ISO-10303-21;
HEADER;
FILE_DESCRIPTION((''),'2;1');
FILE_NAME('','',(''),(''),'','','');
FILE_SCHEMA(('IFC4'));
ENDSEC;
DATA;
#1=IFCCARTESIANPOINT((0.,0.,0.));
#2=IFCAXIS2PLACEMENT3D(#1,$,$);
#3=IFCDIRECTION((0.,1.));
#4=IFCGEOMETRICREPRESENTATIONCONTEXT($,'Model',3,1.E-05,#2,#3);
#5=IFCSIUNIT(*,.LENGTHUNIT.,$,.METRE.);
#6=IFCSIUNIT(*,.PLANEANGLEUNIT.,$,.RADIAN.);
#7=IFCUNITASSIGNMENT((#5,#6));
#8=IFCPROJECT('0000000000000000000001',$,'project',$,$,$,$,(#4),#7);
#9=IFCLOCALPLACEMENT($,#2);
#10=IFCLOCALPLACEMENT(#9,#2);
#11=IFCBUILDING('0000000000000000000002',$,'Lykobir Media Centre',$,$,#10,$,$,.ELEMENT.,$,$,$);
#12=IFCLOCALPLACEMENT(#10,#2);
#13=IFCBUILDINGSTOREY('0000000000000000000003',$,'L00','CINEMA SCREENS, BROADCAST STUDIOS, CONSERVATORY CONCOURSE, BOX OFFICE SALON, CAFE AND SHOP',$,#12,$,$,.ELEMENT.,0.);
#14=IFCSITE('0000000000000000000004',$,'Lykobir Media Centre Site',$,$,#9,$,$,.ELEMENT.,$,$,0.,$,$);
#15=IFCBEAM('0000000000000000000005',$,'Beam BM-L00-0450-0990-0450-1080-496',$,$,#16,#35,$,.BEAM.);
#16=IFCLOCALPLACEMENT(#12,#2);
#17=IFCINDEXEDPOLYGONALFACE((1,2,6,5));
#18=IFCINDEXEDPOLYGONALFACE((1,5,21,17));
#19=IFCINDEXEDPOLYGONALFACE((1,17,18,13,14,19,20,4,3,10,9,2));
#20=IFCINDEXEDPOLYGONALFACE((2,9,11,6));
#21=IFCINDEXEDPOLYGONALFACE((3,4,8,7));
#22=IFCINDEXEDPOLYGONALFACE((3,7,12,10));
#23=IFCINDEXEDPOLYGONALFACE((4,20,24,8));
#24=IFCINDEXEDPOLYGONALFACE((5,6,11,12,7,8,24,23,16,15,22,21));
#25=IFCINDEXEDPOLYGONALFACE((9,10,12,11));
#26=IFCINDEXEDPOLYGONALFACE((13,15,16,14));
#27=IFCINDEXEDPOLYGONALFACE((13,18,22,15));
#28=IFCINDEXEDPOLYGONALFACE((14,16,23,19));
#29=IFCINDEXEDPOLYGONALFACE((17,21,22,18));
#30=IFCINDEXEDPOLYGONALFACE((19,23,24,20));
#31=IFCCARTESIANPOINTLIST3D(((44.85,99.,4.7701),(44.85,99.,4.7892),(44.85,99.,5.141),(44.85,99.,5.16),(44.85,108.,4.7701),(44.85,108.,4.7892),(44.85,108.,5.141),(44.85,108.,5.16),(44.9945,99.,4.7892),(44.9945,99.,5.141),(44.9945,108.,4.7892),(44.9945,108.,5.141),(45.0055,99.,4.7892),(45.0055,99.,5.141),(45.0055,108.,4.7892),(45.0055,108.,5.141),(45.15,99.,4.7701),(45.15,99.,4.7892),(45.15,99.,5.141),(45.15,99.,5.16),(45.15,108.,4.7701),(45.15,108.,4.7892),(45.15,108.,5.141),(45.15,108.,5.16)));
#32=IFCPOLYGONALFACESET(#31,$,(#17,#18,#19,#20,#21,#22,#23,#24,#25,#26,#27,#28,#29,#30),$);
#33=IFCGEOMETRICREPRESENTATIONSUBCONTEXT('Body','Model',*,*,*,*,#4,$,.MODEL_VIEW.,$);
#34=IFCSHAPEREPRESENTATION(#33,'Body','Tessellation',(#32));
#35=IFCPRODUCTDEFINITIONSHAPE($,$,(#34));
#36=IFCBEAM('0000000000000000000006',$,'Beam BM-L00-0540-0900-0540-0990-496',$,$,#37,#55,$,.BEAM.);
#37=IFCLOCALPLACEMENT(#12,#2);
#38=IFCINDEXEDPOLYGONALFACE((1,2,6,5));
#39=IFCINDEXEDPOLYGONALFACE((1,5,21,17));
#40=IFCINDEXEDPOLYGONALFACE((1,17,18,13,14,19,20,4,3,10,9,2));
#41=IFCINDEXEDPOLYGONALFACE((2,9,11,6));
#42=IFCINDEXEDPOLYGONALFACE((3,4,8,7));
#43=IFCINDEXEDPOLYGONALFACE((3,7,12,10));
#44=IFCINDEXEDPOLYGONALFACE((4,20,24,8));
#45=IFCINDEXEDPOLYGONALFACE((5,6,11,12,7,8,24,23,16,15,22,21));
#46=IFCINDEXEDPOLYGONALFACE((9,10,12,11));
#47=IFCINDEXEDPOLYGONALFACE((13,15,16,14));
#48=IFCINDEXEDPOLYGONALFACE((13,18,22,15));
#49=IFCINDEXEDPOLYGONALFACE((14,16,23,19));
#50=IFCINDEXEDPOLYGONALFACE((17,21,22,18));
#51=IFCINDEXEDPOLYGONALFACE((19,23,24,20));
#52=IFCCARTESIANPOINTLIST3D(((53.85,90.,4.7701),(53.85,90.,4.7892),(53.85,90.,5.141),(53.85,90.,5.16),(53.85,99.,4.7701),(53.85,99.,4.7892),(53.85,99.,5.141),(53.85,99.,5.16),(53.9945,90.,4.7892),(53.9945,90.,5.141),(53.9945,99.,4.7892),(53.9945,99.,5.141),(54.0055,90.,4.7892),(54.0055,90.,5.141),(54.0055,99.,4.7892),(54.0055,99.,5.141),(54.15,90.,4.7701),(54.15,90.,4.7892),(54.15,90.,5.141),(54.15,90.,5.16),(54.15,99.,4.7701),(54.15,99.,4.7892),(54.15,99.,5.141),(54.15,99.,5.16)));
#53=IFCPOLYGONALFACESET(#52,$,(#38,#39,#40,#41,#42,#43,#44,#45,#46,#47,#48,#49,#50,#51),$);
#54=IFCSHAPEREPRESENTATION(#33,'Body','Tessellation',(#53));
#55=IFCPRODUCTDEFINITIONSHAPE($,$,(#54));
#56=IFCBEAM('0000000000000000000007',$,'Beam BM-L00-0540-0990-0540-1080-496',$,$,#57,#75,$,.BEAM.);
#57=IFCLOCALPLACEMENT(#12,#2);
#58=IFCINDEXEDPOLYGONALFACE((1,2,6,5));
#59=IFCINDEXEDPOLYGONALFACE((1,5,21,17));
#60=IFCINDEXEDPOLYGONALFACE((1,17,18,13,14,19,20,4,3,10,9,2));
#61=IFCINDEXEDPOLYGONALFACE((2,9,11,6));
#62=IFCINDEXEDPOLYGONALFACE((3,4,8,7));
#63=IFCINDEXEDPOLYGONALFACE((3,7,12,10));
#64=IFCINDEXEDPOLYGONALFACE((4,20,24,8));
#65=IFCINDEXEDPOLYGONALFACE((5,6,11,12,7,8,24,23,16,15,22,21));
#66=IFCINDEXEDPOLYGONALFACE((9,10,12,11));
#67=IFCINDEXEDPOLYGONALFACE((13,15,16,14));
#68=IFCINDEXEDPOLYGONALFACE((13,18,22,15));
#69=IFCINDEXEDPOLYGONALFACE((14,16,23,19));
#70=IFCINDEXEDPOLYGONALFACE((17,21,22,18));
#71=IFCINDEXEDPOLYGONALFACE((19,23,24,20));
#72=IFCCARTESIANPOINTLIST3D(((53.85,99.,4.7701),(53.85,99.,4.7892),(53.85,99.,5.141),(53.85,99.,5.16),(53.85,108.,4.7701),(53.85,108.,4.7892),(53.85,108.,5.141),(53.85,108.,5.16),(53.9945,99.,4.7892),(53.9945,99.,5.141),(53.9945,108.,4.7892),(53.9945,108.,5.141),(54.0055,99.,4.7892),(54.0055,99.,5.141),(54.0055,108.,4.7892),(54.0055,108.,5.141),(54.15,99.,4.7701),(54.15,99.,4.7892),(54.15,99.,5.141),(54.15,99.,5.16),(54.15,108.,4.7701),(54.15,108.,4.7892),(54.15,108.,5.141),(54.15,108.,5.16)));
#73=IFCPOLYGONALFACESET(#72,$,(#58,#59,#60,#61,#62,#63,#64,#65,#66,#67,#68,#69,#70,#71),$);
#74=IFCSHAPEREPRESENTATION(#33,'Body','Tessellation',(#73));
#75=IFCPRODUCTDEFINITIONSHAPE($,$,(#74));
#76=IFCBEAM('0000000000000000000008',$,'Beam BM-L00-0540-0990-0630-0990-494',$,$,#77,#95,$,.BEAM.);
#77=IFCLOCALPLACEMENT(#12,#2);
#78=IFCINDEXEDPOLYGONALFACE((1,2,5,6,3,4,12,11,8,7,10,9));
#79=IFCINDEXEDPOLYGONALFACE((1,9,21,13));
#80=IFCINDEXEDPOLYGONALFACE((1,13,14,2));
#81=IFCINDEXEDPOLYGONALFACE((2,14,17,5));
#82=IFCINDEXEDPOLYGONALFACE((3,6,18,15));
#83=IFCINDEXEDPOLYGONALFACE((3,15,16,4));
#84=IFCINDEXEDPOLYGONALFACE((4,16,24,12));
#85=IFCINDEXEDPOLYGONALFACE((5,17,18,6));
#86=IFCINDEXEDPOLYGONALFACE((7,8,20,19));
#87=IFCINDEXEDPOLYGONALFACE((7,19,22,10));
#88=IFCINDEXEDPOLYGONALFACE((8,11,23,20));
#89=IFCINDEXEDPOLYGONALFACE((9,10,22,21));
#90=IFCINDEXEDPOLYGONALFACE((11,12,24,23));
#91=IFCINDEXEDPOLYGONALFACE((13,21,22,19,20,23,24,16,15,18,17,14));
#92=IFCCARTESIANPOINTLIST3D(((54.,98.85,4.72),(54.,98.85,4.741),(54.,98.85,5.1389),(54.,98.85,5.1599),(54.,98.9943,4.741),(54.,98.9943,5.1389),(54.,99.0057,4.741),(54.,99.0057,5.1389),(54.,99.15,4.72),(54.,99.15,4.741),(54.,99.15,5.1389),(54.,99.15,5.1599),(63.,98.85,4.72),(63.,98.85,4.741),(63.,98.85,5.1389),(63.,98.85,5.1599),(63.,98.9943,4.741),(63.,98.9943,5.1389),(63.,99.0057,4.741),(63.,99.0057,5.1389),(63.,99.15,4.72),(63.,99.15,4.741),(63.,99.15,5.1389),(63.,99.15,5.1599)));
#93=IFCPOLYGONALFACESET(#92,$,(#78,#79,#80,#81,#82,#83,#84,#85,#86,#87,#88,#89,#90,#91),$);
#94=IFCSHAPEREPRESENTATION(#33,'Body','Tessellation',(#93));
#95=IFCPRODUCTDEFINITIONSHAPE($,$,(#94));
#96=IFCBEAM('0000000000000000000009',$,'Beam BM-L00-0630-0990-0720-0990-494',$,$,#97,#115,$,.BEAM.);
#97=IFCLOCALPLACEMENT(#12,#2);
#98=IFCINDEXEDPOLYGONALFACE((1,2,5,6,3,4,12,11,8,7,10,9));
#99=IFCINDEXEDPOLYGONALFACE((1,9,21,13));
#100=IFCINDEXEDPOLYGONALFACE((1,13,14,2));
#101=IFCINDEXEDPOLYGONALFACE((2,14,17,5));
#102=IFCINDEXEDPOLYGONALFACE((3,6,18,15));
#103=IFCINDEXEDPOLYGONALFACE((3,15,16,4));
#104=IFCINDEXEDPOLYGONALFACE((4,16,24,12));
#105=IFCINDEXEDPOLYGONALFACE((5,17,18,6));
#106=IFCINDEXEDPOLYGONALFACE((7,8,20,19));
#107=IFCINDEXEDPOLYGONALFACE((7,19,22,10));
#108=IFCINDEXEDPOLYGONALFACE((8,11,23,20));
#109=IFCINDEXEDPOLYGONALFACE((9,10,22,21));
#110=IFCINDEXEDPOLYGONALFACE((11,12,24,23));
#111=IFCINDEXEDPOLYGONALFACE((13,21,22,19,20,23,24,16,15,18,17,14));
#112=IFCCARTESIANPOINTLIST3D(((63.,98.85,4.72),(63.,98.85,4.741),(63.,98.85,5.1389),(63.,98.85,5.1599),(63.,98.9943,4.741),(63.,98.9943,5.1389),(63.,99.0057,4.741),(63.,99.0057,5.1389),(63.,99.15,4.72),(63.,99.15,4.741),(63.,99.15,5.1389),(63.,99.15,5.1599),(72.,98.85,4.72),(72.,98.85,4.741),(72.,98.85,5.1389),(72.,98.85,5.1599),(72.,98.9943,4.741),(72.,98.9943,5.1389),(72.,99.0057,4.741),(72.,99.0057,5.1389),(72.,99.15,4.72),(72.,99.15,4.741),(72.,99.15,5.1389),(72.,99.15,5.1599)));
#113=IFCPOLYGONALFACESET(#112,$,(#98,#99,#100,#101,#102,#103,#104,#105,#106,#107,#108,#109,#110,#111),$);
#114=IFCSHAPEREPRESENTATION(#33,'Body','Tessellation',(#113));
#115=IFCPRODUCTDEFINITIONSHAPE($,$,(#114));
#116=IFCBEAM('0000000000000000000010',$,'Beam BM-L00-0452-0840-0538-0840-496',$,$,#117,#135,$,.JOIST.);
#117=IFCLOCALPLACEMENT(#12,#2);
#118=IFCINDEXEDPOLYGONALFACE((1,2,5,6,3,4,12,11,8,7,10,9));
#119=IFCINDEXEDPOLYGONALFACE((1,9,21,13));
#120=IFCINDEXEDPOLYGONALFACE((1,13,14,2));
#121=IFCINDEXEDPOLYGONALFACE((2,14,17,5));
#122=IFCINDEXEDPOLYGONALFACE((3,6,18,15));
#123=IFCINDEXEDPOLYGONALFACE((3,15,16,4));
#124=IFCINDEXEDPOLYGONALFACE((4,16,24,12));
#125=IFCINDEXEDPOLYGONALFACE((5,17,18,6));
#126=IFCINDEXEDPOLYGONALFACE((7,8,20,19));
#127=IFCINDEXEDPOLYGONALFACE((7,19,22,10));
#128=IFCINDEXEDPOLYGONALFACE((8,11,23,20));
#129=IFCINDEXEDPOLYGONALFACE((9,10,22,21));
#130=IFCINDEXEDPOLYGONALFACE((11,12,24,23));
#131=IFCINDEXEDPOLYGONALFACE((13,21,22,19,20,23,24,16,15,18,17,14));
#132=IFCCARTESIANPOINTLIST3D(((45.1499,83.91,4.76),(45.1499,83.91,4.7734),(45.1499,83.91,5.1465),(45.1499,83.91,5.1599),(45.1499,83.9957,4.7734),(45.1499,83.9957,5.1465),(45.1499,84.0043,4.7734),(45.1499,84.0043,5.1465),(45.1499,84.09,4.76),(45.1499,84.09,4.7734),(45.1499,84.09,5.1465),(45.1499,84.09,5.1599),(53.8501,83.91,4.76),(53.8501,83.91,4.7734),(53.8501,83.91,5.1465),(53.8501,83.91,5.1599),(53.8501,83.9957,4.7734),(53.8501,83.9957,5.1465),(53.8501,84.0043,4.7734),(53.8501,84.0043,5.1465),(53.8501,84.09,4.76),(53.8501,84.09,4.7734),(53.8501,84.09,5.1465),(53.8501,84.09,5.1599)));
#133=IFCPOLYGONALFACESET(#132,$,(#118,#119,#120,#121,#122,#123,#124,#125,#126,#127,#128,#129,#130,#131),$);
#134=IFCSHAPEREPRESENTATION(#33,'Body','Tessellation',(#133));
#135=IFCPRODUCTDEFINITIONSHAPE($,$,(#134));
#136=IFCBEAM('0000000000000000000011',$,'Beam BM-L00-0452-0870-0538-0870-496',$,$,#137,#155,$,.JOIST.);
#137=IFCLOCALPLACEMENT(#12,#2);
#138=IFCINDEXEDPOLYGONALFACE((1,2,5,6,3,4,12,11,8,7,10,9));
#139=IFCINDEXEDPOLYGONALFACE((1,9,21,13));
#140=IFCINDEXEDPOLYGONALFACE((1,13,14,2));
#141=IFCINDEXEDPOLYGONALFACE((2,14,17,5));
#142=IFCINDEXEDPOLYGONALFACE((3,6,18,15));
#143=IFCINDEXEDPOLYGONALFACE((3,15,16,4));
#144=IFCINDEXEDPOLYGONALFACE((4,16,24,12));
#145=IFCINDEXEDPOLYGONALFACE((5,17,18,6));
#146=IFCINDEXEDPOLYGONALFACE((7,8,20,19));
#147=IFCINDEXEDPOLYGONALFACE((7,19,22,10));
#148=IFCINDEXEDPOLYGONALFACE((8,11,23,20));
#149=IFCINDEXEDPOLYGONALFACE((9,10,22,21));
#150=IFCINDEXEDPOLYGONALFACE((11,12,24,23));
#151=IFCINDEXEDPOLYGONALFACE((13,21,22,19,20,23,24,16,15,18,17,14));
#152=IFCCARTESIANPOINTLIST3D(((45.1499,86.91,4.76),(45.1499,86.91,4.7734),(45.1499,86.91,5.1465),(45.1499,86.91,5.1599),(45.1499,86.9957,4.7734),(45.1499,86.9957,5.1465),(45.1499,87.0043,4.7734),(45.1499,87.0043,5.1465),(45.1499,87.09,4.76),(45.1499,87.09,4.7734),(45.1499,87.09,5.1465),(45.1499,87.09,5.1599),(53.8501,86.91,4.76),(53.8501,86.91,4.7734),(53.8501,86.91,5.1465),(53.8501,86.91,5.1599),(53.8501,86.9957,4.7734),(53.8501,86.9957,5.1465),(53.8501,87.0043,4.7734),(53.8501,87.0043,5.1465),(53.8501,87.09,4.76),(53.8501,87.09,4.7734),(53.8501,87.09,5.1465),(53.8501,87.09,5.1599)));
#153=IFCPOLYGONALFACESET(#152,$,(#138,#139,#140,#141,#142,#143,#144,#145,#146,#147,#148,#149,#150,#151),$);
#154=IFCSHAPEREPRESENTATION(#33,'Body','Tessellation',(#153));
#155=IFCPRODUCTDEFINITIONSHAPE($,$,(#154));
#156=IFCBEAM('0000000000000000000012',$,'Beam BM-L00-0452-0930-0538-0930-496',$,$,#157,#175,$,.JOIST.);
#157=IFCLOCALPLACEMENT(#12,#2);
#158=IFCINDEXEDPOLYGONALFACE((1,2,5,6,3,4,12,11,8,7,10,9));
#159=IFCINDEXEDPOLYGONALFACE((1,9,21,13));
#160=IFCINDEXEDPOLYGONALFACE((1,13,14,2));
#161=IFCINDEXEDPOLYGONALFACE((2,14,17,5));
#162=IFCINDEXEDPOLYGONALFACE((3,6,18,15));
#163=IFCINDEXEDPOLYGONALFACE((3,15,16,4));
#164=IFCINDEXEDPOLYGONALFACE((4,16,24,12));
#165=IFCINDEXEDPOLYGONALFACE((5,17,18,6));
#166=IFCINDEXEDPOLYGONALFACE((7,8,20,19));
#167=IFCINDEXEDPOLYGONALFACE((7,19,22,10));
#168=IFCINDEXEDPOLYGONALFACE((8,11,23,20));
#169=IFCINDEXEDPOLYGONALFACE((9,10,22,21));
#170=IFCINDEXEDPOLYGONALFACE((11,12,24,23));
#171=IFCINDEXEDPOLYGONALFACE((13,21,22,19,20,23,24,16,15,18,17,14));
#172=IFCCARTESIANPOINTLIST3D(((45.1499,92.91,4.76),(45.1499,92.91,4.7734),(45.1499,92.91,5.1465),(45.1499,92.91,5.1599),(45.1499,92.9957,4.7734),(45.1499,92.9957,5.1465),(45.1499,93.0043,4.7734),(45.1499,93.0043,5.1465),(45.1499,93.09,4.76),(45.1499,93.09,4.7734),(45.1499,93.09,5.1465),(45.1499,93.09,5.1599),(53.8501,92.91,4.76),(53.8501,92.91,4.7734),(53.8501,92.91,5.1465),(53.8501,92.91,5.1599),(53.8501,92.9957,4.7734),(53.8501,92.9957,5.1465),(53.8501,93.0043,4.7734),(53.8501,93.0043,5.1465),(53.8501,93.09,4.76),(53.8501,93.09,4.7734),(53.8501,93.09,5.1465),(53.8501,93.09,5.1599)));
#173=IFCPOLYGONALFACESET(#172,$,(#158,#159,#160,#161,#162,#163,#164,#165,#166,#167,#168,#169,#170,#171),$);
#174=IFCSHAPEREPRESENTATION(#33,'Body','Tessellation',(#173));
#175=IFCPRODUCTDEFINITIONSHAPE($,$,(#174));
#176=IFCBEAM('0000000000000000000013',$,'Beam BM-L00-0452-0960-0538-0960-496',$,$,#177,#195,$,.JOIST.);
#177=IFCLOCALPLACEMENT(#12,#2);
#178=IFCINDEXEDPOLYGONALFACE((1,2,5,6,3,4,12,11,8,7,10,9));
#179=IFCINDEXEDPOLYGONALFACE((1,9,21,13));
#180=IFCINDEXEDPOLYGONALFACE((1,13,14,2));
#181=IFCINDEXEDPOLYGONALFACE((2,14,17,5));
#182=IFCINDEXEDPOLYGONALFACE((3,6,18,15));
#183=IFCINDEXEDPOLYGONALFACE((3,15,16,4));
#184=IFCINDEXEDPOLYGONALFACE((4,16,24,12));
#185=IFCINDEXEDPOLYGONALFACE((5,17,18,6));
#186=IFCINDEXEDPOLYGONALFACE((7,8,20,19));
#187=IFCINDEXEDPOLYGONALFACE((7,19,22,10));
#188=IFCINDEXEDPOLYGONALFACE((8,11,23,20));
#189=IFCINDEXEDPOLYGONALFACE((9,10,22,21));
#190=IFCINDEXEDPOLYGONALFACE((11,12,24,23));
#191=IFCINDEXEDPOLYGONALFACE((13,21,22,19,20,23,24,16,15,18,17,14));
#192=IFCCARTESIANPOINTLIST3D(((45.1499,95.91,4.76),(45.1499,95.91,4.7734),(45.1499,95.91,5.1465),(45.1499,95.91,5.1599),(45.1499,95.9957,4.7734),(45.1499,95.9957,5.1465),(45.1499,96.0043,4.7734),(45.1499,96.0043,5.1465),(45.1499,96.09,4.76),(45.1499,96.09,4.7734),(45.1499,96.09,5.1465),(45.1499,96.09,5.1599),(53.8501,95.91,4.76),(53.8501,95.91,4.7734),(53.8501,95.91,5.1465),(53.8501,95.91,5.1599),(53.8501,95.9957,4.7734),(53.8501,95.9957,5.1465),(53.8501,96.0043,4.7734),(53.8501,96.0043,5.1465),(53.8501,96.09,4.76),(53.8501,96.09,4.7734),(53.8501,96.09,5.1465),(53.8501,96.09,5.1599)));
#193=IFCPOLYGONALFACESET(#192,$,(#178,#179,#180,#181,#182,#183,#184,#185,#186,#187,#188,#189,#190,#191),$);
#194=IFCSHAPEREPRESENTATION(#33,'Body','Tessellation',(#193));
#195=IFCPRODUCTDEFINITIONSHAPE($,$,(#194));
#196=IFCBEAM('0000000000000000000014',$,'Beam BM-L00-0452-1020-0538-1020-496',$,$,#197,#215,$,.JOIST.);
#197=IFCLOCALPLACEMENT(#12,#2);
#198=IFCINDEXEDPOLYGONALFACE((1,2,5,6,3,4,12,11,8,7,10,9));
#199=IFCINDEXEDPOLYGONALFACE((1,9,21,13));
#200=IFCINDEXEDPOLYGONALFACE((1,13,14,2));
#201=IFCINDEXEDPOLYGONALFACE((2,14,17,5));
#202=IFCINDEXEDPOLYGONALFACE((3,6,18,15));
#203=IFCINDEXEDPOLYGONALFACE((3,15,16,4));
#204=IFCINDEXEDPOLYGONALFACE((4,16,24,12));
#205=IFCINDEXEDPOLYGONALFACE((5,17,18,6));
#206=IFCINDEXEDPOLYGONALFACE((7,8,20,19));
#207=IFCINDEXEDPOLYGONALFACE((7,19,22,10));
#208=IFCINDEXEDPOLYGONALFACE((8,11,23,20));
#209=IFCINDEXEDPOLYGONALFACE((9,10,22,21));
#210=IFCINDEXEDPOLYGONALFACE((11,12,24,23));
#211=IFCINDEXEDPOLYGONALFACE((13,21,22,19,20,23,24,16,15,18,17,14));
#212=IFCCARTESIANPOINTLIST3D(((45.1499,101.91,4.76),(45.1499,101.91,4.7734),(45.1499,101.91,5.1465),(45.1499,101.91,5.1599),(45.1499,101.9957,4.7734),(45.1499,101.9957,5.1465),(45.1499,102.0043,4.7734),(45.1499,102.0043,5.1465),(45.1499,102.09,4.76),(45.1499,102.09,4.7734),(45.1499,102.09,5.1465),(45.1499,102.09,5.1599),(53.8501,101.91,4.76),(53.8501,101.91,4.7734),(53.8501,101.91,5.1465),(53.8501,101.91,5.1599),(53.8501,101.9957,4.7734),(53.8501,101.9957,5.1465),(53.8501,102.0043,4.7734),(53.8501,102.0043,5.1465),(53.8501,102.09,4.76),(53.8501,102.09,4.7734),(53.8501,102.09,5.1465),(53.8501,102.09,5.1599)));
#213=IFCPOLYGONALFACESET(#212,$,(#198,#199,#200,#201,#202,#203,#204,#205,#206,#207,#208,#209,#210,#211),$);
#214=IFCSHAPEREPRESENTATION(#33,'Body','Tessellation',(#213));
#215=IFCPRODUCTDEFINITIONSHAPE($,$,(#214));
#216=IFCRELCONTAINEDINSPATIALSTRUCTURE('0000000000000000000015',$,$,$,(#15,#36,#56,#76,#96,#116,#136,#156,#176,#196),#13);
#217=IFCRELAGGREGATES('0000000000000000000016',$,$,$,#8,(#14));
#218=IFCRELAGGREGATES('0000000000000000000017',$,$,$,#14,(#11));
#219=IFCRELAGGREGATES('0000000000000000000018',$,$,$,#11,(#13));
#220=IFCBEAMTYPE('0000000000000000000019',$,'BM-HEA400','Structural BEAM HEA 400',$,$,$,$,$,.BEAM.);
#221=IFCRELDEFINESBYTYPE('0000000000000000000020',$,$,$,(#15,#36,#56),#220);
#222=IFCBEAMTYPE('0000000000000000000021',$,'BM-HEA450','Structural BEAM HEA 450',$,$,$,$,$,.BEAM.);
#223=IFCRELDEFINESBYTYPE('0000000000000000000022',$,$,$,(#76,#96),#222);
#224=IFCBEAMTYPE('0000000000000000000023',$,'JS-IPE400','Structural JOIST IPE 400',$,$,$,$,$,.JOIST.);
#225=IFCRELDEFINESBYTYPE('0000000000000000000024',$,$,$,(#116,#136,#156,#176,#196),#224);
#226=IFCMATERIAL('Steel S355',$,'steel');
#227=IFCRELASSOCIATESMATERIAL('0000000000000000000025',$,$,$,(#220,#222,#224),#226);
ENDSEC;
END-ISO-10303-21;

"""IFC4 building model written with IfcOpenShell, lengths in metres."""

from ifc_helpers import new_model, si_unit, direction, frame, origin, origin_2d, place, context, subcontext, project, spatial, i_section, extrude, material, material_profile, profile_set, type_object, element, save


model = new_model("IFC4")

# Units and contexts
model_context = context("Model", 3, precision=1e-05, world=origin(), true_north=direction((0.0, 1.0)))
body_context = subcontext(model_context, "Body", "Model", "MODEL_VIEW")
ifc_project = project(units=[si_unit("LENGTHUNIT", "METRE"), si_unit("PLANEANGLEUNIT", "RADIAN")], contexts=[model_context])

# Site, building, storey
site_placement = place(None, origin())
site = spatial("IfcSite", under=ifc_project, at=site_placement, Name="Lykobir Media Centre Site", CompositionType="ELEMENT", RefElevation=0.0)
building_placement = place(site_placement, origin())
building = spatial("IfcBuilding", under=site, at=building_placement, Name="Lykobir Media Centre", CompositionType="ELEMENT")
storey_placement = place(building_placement, origin())
storey = spatial("IfcBuildingStorey", under=building, at=storey_placement, Name="L00", Description="CINEMA SCREENS, BROADCAST STUDIOS, CONSERVATORY CONCOURSE, BOX OFFICE SALON, CAFE AND SHOP", CompositionType="ELEMENT", Elevation=0.0)

# Shared definitions
ifc_material = material(Name="Steel S355", Category="steel")

# Beams
ifc_material_profile_1 = material_profile(ifc_material, i_section(OverallWidth=0.3, OverallDepth=0.3899, WebThickness=0.011, FlangeThickness=0.019, at=origin_2d()), Name="HEA 400")
ifc_profile_set_1 = profile_set([ifc_material_profile_1], Name="Steel S355")
beam_type_1 = type_object("IfcBeamType", Name="BM-HEA400", Description="Structural BEAM HEA 400", PredefinedType="BEAM", material=ifc_profile_set_1)
for number, where, z_axis, x_axis, name in (
    (1, (45.0, 99.0, 4.9651), (0.0, 1.0, 0.0), (-1.0, 0.0, 0.0), "Beam BM-L00-0450-0990-0450-1080-496"),
    (2, (54.0, 90.0, 4.9651), (0.0, 1.0, 0.0), (-1.0, 0.0, 0.0), "Beam BM-L00-0540-0900-0540-0990-496"),
    (3, (54.0, 99.0, 4.9651), (0.0, 1.0, 0.0), (-1.0, 0.0, 0.0), "Beam BM-L00-0540-0990-0540-1080-496"),
):
    element("IfcBeam", number, at=place(storey_placement, frame(where, z_axis=z_axis, x_axis=x_axis)), inside=storey, type_object=beam_type_1, Name=name, PredefinedType="BEAM", context=body_context, shape_type="SweptSolid", body=[
        extrude(i_section(OverallWidth=0.3, OverallDepth=0.3899, WebThickness=0.011, FlangeThickness=0.019, at=origin_2d()), origin(), (0.0, 0.0, 1.0), 9.0),
    ])
ifc_material_profile_2 = material_profile(ifc_material, i_section(OverallWidth=0.3, OverallDepth=0.4399, WebThickness=0.0115, FlangeThickness=0.021, at=origin_2d()), Name="HEA 450")
ifc_profile_set_2 = profile_set([ifc_material_profile_2], Name="Steel S355")
beam_type_2 = type_object("IfcBeamType", Name="BM-HEA450", Description="Structural BEAM HEA 450", PredefinedType="BEAM", material=ifc_profile_set_2)
for number, where, z_axis, x_axis, name in (
    (4, (54.0, 99.0, 4.9399), (1.0, 0.0, 0.0), (0.0, 1.0, 0.0), "Beam BM-L00-0540-0990-0630-0990-494"),
    (5, (63.0, 99.0, 4.9399), (1.0, 0.0, 0.0), (0.0, 1.0, 0.0), "Beam BM-L00-0630-0990-0720-0990-494"),
):
    element("IfcBeam", number, at=place(storey_placement, frame(where, z_axis=z_axis, x_axis=x_axis)), inside=storey, type_object=beam_type_2, Name=name, PredefinedType="BEAM", context=body_context, shape_type="SweptSolid", body=[
        extrude(i_section(OverallWidth=0.3, OverallDepth=0.4399, WebThickness=0.0115, FlangeThickness=0.021, at=origin_2d()), origin(), (0.0, 0.0, 1.0), 9.0),
    ])
ifc_material_profile_3 = material_profile(ifc_material, i_section(OverallWidth=0.1799, OverallDepth=0.3999, WebThickness=0.0085, FlangeThickness=0.0134, at=origin_2d()), Name="IPE 400")
ifc_profile_set_3 = profile_set([ifc_material_profile_3], Name="Steel S355")
beam_type_3 = type_object("IfcBeamType", Name="JS-IPE400", Description="Structural JOIST IPE 400", PredefinedType="JOIST", material=ifc_profile_set_3)
for number, where, z_axis, x_axis, name in (
    (6, (45.1499, 84.0, 4.96), (1.0, 0.0, 0.0), (0.0, 1.0, 0.0), "Beam BM-L00-0452-0840-0538-0840-496"),
    (7, (45.1499, 87.0, 4.96), (1.0, 0.0, 0.0), (0.0, 1.0, 0.0), "Beam BM-L00-0452-0870-0538-0870-496"),
    (8, (45.1499, 93.0, 4.96), (1.0, 0.0, 0.0), (0.0, 1.0, 0.0), "Beam BM-L00-0452-0930-0538-0930-496"),
    (9, (45.1499, 96.0, 4.96), (1.0, 0.0, 0.0), (0.0, 1.0, 0.0), "Beam BM-L00-0452-0960-0538-0960-496"),
    (10, (45.1499, 102.0, 4.96), (1.0, 0.0, 0.0), (0.0, 1.0, 0.0), "Beam BM-L00-0452-1020-0538-1020-496"),
):
    element("IfcBeam", number, at=place(storey_placement, frame(where, z_axis=z_axis, x_axis=x_axis)), inside=storey, type_object=beam_type_3, Name=name, PredefinedType="JOIST", context=body_context, shape_type="SweptSolid", body=[
        extrude(i_section(OverallWidth=0.1799, OverallDepth=0.3999, WebThickness=0.0085, FlangeThickness=0.0134, at=origin_2d()), origin(), (0.0, 0.0, 1.0), 8.7002),
    ])

save(model, "model.ifc")
